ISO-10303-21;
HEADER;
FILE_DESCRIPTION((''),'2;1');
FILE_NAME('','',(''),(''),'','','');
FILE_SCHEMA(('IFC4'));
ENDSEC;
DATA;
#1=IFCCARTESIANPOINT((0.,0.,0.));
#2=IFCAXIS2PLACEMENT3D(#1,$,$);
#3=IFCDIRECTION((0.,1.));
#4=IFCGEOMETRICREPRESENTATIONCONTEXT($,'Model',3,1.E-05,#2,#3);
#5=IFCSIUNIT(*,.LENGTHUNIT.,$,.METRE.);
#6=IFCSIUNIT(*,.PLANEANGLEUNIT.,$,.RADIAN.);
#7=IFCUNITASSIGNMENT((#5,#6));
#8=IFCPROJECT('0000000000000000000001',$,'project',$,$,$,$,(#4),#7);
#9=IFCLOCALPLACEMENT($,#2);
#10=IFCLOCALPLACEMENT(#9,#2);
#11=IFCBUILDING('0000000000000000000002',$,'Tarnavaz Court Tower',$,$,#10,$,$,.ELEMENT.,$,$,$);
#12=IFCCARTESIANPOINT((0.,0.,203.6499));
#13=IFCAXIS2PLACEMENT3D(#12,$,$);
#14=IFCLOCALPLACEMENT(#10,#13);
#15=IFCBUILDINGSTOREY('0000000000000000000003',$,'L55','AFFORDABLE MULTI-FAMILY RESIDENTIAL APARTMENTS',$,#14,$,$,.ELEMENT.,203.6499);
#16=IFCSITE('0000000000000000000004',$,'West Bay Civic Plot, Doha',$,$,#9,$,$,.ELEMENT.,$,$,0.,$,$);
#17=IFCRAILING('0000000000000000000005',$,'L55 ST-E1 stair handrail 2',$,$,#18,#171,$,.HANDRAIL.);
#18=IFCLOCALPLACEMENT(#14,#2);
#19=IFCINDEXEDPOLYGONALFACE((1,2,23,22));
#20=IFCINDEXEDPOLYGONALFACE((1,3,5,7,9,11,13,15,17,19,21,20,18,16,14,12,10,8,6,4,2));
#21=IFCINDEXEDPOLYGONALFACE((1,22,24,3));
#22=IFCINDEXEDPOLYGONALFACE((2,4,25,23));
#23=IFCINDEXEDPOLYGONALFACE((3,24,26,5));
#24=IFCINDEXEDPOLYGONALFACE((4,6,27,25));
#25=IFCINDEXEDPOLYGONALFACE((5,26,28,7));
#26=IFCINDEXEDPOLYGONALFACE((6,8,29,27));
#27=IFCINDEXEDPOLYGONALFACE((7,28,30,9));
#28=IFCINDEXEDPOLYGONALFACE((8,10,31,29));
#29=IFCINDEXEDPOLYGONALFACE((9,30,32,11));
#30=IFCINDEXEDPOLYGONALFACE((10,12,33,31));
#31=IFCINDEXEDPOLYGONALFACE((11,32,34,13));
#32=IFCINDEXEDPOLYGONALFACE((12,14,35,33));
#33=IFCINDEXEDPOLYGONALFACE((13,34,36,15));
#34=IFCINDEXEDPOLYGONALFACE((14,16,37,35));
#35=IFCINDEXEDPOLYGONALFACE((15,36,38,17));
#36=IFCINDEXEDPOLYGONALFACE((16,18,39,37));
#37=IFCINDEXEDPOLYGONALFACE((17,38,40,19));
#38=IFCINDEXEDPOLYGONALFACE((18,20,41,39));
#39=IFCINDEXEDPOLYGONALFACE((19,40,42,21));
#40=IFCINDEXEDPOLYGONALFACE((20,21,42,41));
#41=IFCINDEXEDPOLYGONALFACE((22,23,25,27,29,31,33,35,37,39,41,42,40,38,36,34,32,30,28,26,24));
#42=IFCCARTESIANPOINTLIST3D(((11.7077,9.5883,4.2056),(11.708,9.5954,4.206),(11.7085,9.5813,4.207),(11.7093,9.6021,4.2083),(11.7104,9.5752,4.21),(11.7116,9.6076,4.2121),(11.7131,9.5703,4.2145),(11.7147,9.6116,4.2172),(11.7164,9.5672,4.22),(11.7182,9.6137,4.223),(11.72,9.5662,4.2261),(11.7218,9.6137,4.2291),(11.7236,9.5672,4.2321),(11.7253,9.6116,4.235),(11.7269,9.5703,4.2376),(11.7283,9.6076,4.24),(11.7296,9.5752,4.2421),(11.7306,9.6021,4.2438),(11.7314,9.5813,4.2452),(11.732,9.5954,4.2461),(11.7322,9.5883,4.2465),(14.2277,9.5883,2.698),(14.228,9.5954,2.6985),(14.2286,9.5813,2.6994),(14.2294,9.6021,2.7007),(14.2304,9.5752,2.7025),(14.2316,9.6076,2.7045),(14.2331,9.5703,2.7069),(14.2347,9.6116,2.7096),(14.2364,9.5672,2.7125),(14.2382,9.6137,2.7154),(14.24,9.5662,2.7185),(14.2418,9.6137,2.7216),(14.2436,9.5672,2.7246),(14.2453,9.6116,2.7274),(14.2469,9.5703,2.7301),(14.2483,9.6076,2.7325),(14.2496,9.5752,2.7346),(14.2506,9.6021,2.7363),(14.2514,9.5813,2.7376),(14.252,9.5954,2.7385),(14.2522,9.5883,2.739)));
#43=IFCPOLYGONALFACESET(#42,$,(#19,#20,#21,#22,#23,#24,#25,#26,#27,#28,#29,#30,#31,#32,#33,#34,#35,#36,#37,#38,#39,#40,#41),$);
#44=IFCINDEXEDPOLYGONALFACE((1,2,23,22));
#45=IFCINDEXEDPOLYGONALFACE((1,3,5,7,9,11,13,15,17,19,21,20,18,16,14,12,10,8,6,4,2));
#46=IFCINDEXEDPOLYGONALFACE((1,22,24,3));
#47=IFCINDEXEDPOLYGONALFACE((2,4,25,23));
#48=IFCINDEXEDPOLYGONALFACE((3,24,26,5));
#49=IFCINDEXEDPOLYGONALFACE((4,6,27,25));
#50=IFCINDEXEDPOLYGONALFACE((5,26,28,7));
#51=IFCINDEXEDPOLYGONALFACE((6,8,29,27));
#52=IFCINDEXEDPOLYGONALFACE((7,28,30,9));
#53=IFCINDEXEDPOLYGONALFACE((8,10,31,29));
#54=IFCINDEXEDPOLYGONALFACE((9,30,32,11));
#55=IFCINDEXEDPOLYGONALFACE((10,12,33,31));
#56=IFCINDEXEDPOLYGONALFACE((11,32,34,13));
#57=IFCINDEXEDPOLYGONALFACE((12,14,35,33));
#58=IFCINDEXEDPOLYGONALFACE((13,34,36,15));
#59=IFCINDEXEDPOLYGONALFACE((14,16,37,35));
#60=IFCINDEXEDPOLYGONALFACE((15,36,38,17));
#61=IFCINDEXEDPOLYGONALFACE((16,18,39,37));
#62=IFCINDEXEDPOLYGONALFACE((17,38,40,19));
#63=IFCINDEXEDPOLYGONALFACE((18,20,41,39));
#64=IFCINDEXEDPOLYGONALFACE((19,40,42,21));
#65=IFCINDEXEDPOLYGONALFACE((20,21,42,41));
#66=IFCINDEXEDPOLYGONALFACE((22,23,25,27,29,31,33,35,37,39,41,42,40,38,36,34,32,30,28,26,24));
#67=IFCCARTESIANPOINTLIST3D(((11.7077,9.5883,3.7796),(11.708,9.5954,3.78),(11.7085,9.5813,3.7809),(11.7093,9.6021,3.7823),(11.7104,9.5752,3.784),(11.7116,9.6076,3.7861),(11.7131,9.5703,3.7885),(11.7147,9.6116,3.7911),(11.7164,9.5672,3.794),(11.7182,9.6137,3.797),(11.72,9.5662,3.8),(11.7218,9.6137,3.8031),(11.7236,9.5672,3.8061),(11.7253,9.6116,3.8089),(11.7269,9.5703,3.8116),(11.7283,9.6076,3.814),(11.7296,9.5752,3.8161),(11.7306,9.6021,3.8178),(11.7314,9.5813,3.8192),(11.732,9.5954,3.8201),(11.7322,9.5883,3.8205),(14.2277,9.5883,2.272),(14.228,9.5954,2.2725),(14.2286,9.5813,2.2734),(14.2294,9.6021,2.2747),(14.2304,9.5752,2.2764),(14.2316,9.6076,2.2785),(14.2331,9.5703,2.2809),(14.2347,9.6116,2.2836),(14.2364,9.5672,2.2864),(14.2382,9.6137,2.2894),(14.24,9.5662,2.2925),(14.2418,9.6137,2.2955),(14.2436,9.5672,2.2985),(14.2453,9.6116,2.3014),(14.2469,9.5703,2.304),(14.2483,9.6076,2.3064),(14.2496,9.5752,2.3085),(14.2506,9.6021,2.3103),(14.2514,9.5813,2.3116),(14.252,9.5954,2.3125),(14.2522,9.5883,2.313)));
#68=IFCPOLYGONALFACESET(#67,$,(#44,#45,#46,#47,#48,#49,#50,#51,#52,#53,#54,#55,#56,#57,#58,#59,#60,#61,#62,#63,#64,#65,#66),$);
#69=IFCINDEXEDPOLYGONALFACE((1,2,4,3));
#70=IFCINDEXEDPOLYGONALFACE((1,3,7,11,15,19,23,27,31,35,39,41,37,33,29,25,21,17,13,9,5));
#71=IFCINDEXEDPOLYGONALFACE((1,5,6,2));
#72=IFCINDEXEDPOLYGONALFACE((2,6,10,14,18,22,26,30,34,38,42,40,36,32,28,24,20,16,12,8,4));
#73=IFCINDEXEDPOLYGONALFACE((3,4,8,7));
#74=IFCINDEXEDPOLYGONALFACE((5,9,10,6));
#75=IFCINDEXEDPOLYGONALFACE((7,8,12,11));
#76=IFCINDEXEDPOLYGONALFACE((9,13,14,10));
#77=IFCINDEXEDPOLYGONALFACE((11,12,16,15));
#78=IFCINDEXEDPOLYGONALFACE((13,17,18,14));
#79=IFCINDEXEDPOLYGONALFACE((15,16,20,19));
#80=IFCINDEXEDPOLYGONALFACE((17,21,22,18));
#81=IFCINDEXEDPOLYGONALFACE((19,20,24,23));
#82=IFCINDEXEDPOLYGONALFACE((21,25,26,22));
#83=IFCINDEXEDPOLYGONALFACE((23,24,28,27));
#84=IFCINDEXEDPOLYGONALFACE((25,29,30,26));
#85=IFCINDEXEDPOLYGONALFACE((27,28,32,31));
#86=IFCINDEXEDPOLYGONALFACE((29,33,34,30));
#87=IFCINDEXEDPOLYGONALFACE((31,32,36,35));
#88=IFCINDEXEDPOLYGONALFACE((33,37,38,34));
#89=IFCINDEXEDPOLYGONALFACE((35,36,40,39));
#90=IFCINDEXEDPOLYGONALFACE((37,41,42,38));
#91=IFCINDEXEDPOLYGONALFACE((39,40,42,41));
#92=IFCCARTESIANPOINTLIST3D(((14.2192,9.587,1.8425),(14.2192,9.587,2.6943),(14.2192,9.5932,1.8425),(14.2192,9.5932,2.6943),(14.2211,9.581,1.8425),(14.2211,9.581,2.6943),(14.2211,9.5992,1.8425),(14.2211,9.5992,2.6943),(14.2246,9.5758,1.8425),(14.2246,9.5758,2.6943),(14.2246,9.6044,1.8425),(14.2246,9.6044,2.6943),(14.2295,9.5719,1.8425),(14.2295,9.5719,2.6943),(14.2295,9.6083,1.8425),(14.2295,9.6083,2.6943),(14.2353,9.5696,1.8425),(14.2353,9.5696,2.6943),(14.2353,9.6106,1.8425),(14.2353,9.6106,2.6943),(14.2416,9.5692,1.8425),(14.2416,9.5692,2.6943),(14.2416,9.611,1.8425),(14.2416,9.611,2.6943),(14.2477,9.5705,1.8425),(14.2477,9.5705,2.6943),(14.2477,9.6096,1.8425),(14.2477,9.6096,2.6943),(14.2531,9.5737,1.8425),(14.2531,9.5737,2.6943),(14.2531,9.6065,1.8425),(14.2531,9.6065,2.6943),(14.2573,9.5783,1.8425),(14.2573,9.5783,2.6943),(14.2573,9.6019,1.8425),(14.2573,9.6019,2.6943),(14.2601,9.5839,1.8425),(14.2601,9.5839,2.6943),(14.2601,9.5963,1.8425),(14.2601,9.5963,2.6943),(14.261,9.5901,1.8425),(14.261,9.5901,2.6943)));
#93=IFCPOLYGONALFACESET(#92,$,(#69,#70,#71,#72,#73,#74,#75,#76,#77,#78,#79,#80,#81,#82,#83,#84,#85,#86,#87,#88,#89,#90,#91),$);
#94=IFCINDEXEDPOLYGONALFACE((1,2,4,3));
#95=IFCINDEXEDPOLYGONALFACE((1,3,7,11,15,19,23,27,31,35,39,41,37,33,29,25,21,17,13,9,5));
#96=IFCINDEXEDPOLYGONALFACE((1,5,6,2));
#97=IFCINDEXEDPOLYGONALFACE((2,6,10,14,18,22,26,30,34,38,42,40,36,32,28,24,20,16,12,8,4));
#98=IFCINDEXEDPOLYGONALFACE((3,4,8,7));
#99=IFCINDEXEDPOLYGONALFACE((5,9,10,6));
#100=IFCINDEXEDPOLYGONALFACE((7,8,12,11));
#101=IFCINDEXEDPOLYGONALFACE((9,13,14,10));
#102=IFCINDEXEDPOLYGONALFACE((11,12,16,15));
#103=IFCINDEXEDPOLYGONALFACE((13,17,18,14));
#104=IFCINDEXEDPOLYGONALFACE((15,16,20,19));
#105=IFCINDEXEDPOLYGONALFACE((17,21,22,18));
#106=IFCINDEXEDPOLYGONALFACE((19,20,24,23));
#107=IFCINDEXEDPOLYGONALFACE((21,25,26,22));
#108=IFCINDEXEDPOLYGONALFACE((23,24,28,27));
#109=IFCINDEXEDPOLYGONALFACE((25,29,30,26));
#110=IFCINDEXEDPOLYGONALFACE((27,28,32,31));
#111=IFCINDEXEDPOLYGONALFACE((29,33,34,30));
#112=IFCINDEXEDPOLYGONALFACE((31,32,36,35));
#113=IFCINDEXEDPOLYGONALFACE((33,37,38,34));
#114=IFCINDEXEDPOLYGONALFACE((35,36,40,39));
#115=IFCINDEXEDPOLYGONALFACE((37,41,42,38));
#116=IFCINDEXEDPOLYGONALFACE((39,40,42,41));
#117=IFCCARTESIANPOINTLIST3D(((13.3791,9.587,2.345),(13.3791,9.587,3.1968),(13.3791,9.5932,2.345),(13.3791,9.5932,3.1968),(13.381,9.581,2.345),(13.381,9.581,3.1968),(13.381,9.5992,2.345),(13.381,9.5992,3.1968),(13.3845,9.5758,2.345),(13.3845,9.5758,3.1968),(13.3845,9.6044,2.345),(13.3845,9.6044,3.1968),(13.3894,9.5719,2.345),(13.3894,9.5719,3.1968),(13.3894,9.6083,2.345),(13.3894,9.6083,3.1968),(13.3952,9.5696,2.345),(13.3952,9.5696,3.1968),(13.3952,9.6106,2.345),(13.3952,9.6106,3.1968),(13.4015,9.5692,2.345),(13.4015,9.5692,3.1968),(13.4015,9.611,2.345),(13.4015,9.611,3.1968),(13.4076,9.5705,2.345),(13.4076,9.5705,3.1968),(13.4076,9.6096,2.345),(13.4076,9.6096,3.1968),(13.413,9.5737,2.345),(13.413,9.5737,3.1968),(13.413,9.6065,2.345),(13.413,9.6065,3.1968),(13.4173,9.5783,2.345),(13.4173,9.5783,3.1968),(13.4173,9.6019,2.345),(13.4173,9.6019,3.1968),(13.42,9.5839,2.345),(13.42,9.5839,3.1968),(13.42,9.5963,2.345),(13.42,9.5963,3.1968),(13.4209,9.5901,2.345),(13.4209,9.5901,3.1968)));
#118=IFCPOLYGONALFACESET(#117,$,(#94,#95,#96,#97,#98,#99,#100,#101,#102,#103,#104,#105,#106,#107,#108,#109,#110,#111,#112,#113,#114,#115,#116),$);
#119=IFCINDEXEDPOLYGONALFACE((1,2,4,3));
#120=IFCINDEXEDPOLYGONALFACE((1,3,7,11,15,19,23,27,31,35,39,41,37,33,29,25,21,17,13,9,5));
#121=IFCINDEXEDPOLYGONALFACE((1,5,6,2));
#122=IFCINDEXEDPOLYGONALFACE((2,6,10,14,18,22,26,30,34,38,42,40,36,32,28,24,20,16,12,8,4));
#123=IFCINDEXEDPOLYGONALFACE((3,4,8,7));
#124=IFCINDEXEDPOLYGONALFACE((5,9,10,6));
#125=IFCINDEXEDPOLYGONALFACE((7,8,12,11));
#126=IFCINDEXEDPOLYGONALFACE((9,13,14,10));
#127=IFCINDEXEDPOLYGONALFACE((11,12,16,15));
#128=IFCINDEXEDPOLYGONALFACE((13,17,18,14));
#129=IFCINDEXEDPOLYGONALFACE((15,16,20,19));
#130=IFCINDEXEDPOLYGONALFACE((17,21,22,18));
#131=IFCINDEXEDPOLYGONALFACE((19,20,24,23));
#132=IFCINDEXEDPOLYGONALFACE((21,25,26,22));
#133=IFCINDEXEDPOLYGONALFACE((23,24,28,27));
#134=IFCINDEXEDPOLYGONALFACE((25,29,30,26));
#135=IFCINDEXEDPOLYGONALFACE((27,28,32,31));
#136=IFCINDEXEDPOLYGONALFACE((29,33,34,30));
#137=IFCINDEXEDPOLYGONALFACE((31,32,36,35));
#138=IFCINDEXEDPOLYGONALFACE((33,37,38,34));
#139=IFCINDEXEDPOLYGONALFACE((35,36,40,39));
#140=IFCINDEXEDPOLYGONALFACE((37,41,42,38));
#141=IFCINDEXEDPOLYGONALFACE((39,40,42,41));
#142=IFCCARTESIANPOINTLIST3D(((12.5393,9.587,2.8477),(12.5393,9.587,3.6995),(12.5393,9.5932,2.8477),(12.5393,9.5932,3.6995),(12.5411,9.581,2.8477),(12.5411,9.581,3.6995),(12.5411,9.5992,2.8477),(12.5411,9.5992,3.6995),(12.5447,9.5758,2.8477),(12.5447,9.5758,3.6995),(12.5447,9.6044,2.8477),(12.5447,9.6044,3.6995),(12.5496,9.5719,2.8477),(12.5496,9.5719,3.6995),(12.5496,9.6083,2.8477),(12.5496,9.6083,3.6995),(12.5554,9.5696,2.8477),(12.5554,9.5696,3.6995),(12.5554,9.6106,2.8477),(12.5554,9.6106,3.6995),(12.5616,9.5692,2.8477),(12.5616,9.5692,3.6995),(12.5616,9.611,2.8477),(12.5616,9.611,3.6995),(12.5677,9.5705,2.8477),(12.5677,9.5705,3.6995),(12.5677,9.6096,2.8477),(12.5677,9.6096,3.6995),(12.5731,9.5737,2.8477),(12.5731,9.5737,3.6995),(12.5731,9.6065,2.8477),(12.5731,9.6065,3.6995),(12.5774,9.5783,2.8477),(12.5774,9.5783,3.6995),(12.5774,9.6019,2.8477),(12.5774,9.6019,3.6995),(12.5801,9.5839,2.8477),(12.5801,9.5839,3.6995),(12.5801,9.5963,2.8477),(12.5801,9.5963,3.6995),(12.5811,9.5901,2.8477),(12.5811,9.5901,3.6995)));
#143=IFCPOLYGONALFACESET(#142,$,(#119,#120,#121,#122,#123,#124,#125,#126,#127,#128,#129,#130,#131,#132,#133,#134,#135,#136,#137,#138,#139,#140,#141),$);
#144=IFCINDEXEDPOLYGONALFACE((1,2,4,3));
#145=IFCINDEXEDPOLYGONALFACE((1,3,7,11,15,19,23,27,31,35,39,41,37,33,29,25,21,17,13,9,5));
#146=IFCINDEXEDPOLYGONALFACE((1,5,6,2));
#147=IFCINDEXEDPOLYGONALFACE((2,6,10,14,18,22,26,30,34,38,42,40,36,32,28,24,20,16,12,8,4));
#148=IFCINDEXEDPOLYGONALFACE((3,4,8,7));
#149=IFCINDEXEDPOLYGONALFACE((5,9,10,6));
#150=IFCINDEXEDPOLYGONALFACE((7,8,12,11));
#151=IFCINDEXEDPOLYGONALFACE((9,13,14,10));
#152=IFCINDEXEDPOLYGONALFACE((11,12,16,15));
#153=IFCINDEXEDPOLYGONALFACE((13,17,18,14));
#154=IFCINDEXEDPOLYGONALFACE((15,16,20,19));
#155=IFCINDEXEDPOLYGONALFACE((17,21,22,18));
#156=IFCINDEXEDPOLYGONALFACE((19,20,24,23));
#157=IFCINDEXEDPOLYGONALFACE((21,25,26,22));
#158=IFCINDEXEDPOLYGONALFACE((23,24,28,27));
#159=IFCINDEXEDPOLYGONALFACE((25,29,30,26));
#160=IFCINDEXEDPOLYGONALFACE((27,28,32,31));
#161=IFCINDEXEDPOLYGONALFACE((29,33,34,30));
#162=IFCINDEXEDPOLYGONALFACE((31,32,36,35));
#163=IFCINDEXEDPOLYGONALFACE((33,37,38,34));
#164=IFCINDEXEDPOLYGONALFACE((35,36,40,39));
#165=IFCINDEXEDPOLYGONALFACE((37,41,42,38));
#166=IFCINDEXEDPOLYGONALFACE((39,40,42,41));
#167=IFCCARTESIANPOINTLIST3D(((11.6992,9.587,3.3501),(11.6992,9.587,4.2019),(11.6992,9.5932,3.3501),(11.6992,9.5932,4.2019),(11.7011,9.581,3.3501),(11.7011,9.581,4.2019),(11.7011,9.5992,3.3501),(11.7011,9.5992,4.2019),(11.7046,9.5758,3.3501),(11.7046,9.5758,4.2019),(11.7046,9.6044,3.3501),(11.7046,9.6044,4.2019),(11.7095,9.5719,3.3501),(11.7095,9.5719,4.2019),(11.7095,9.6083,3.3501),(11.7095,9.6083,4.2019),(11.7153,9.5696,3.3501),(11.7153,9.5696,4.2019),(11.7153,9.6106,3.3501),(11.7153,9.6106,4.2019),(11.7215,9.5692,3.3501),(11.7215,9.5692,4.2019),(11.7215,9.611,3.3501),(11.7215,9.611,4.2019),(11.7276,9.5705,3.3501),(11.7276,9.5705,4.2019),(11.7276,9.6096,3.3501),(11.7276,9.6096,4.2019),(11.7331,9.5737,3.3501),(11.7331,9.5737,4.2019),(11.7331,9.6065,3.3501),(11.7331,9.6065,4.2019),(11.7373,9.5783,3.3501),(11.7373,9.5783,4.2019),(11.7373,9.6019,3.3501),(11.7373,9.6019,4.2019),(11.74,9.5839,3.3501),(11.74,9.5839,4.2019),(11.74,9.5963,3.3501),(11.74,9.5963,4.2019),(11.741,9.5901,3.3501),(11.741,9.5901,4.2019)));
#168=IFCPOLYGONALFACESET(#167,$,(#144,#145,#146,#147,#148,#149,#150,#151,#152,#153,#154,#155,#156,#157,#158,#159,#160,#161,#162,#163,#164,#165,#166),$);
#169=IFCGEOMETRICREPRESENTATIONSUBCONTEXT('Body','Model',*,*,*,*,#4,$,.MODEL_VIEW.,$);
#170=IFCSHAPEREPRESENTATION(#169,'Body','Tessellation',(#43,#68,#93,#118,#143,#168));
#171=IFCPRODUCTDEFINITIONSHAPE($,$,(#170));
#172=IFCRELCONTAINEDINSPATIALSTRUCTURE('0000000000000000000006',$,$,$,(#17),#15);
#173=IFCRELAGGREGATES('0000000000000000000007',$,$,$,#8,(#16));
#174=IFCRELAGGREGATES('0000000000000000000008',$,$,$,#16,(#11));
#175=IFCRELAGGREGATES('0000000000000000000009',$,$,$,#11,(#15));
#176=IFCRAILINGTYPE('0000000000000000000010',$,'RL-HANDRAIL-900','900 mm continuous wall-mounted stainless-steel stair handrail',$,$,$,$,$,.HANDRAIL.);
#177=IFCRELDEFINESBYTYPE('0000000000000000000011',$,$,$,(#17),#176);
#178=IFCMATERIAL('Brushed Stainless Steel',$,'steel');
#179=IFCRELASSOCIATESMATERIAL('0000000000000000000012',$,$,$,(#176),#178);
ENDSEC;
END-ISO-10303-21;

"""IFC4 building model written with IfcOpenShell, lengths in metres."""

from ifc_helpers import new_model, si_unit, direction, frame, origin, origin_2d, place, context, subcontext, project, spatial, circle, extrude, material, type_object, element, save


model = new_model("IFC4")

# Units and contexts
model_context = context("Model", 3, precision=1e-05, world=origin(), true_north=direction((0.0, 1.0)))
body_context = subcontext(model_context, "Body", "Model", "MODEL_VIEW")
ifc_project = project(units=[si_unit("LENGTHUNIT", "METRE"), si_unit("PLANEANGLEUNIT", "RADIAN")], contexts=[model_context])

# Site, building, storey
site_placement = place(None, origin())
site = spatial("IfcSite", under=ifc_project, at=site_placement, Name="West Bay Civic Plot, Doha", CompositionType="ELEMENT", RefElevation=0.0)
building_placement = place(site_placement, origin())
building = spatial("IfcBuilding", under=site, at=building_placement, Name="Tarnavaz Court Tower", CompositionType="ELEMENT")
storey_placement = place(building_placement, frame((0.0, 0.0, 203.6499)))
storey = spatial("IfcBuildingStorey", under=building, at=storey_placement, Name="L55", Description="AFFORDABLE MULTI-FAMILY RESIDENTIAL APARTMENTS", CompositionType="ELEMENT", Elevation=203.6499)

# Railing
ifc_material_1 = material(Name="Brushed Stainless Steel", Category="steel")
railing_type_1 = type_object("IfcRailingType", Name="RL-HANDRAIL-900", Description="900 mm continuous wall-mounted stainless-steel stair handrail", PredefinedType="HANDRAIL", material=ifc_material_1)
railing_1_placement = place(storey_placement, frame((14.24, 9.5901, 1.8425)))
element("IfcRailing", 1, at=railing_1_placement, inside=storey, type_object=railing_type_1, Name="L55 ST-E1 stair handrail 2", PredefinedType="HANDRAIL", context=body_context, shape_type="SweptSolid", body=[
    extrude(circle(Radius=0.0239, at=origin_2d()), frame((0.0, 0.0, 0.876), z_axis=(-0.85816, 0.0, 0.513383), x_axis=(0.0, -1.0, 0.0)), (0.0, 0.0, 1.0), 2.9365),
    extrude(circle(Radius=0.0239, at=origin_2d()), frame((0.0, 0.0, 0.45), z_axis=(-0.85816, 0.0, 0.513383), x_axis=(0.0, -1.0, 0.0)), (0.0, 0.0, 1.0), 2.9365),
    extrude(circle(Radius=0.021, at=origin_2d()), origin(), (0.0, 0.0, 1.0), 0.8518),
    extrude(circle(Radius=0.021, at=origin_2d()), frame((-0.8401, 0.0, 0.5024)), (0.0, 0.0, 1.0), 0.8518),
    extrude(circle(Radius=0.021, at=origin_2d()), frame((-1.6799, 0.0, 1.0051)), (0.0, 0.0, 1.0), 0.8518),
    extrude(circle(Radius=0.021, at=origin_2d()), frame((-2.52, 0.0, 1.5076)), (0.0, 0.0, 1.0), 0.8518),
])

save(model, "model.ifc")
